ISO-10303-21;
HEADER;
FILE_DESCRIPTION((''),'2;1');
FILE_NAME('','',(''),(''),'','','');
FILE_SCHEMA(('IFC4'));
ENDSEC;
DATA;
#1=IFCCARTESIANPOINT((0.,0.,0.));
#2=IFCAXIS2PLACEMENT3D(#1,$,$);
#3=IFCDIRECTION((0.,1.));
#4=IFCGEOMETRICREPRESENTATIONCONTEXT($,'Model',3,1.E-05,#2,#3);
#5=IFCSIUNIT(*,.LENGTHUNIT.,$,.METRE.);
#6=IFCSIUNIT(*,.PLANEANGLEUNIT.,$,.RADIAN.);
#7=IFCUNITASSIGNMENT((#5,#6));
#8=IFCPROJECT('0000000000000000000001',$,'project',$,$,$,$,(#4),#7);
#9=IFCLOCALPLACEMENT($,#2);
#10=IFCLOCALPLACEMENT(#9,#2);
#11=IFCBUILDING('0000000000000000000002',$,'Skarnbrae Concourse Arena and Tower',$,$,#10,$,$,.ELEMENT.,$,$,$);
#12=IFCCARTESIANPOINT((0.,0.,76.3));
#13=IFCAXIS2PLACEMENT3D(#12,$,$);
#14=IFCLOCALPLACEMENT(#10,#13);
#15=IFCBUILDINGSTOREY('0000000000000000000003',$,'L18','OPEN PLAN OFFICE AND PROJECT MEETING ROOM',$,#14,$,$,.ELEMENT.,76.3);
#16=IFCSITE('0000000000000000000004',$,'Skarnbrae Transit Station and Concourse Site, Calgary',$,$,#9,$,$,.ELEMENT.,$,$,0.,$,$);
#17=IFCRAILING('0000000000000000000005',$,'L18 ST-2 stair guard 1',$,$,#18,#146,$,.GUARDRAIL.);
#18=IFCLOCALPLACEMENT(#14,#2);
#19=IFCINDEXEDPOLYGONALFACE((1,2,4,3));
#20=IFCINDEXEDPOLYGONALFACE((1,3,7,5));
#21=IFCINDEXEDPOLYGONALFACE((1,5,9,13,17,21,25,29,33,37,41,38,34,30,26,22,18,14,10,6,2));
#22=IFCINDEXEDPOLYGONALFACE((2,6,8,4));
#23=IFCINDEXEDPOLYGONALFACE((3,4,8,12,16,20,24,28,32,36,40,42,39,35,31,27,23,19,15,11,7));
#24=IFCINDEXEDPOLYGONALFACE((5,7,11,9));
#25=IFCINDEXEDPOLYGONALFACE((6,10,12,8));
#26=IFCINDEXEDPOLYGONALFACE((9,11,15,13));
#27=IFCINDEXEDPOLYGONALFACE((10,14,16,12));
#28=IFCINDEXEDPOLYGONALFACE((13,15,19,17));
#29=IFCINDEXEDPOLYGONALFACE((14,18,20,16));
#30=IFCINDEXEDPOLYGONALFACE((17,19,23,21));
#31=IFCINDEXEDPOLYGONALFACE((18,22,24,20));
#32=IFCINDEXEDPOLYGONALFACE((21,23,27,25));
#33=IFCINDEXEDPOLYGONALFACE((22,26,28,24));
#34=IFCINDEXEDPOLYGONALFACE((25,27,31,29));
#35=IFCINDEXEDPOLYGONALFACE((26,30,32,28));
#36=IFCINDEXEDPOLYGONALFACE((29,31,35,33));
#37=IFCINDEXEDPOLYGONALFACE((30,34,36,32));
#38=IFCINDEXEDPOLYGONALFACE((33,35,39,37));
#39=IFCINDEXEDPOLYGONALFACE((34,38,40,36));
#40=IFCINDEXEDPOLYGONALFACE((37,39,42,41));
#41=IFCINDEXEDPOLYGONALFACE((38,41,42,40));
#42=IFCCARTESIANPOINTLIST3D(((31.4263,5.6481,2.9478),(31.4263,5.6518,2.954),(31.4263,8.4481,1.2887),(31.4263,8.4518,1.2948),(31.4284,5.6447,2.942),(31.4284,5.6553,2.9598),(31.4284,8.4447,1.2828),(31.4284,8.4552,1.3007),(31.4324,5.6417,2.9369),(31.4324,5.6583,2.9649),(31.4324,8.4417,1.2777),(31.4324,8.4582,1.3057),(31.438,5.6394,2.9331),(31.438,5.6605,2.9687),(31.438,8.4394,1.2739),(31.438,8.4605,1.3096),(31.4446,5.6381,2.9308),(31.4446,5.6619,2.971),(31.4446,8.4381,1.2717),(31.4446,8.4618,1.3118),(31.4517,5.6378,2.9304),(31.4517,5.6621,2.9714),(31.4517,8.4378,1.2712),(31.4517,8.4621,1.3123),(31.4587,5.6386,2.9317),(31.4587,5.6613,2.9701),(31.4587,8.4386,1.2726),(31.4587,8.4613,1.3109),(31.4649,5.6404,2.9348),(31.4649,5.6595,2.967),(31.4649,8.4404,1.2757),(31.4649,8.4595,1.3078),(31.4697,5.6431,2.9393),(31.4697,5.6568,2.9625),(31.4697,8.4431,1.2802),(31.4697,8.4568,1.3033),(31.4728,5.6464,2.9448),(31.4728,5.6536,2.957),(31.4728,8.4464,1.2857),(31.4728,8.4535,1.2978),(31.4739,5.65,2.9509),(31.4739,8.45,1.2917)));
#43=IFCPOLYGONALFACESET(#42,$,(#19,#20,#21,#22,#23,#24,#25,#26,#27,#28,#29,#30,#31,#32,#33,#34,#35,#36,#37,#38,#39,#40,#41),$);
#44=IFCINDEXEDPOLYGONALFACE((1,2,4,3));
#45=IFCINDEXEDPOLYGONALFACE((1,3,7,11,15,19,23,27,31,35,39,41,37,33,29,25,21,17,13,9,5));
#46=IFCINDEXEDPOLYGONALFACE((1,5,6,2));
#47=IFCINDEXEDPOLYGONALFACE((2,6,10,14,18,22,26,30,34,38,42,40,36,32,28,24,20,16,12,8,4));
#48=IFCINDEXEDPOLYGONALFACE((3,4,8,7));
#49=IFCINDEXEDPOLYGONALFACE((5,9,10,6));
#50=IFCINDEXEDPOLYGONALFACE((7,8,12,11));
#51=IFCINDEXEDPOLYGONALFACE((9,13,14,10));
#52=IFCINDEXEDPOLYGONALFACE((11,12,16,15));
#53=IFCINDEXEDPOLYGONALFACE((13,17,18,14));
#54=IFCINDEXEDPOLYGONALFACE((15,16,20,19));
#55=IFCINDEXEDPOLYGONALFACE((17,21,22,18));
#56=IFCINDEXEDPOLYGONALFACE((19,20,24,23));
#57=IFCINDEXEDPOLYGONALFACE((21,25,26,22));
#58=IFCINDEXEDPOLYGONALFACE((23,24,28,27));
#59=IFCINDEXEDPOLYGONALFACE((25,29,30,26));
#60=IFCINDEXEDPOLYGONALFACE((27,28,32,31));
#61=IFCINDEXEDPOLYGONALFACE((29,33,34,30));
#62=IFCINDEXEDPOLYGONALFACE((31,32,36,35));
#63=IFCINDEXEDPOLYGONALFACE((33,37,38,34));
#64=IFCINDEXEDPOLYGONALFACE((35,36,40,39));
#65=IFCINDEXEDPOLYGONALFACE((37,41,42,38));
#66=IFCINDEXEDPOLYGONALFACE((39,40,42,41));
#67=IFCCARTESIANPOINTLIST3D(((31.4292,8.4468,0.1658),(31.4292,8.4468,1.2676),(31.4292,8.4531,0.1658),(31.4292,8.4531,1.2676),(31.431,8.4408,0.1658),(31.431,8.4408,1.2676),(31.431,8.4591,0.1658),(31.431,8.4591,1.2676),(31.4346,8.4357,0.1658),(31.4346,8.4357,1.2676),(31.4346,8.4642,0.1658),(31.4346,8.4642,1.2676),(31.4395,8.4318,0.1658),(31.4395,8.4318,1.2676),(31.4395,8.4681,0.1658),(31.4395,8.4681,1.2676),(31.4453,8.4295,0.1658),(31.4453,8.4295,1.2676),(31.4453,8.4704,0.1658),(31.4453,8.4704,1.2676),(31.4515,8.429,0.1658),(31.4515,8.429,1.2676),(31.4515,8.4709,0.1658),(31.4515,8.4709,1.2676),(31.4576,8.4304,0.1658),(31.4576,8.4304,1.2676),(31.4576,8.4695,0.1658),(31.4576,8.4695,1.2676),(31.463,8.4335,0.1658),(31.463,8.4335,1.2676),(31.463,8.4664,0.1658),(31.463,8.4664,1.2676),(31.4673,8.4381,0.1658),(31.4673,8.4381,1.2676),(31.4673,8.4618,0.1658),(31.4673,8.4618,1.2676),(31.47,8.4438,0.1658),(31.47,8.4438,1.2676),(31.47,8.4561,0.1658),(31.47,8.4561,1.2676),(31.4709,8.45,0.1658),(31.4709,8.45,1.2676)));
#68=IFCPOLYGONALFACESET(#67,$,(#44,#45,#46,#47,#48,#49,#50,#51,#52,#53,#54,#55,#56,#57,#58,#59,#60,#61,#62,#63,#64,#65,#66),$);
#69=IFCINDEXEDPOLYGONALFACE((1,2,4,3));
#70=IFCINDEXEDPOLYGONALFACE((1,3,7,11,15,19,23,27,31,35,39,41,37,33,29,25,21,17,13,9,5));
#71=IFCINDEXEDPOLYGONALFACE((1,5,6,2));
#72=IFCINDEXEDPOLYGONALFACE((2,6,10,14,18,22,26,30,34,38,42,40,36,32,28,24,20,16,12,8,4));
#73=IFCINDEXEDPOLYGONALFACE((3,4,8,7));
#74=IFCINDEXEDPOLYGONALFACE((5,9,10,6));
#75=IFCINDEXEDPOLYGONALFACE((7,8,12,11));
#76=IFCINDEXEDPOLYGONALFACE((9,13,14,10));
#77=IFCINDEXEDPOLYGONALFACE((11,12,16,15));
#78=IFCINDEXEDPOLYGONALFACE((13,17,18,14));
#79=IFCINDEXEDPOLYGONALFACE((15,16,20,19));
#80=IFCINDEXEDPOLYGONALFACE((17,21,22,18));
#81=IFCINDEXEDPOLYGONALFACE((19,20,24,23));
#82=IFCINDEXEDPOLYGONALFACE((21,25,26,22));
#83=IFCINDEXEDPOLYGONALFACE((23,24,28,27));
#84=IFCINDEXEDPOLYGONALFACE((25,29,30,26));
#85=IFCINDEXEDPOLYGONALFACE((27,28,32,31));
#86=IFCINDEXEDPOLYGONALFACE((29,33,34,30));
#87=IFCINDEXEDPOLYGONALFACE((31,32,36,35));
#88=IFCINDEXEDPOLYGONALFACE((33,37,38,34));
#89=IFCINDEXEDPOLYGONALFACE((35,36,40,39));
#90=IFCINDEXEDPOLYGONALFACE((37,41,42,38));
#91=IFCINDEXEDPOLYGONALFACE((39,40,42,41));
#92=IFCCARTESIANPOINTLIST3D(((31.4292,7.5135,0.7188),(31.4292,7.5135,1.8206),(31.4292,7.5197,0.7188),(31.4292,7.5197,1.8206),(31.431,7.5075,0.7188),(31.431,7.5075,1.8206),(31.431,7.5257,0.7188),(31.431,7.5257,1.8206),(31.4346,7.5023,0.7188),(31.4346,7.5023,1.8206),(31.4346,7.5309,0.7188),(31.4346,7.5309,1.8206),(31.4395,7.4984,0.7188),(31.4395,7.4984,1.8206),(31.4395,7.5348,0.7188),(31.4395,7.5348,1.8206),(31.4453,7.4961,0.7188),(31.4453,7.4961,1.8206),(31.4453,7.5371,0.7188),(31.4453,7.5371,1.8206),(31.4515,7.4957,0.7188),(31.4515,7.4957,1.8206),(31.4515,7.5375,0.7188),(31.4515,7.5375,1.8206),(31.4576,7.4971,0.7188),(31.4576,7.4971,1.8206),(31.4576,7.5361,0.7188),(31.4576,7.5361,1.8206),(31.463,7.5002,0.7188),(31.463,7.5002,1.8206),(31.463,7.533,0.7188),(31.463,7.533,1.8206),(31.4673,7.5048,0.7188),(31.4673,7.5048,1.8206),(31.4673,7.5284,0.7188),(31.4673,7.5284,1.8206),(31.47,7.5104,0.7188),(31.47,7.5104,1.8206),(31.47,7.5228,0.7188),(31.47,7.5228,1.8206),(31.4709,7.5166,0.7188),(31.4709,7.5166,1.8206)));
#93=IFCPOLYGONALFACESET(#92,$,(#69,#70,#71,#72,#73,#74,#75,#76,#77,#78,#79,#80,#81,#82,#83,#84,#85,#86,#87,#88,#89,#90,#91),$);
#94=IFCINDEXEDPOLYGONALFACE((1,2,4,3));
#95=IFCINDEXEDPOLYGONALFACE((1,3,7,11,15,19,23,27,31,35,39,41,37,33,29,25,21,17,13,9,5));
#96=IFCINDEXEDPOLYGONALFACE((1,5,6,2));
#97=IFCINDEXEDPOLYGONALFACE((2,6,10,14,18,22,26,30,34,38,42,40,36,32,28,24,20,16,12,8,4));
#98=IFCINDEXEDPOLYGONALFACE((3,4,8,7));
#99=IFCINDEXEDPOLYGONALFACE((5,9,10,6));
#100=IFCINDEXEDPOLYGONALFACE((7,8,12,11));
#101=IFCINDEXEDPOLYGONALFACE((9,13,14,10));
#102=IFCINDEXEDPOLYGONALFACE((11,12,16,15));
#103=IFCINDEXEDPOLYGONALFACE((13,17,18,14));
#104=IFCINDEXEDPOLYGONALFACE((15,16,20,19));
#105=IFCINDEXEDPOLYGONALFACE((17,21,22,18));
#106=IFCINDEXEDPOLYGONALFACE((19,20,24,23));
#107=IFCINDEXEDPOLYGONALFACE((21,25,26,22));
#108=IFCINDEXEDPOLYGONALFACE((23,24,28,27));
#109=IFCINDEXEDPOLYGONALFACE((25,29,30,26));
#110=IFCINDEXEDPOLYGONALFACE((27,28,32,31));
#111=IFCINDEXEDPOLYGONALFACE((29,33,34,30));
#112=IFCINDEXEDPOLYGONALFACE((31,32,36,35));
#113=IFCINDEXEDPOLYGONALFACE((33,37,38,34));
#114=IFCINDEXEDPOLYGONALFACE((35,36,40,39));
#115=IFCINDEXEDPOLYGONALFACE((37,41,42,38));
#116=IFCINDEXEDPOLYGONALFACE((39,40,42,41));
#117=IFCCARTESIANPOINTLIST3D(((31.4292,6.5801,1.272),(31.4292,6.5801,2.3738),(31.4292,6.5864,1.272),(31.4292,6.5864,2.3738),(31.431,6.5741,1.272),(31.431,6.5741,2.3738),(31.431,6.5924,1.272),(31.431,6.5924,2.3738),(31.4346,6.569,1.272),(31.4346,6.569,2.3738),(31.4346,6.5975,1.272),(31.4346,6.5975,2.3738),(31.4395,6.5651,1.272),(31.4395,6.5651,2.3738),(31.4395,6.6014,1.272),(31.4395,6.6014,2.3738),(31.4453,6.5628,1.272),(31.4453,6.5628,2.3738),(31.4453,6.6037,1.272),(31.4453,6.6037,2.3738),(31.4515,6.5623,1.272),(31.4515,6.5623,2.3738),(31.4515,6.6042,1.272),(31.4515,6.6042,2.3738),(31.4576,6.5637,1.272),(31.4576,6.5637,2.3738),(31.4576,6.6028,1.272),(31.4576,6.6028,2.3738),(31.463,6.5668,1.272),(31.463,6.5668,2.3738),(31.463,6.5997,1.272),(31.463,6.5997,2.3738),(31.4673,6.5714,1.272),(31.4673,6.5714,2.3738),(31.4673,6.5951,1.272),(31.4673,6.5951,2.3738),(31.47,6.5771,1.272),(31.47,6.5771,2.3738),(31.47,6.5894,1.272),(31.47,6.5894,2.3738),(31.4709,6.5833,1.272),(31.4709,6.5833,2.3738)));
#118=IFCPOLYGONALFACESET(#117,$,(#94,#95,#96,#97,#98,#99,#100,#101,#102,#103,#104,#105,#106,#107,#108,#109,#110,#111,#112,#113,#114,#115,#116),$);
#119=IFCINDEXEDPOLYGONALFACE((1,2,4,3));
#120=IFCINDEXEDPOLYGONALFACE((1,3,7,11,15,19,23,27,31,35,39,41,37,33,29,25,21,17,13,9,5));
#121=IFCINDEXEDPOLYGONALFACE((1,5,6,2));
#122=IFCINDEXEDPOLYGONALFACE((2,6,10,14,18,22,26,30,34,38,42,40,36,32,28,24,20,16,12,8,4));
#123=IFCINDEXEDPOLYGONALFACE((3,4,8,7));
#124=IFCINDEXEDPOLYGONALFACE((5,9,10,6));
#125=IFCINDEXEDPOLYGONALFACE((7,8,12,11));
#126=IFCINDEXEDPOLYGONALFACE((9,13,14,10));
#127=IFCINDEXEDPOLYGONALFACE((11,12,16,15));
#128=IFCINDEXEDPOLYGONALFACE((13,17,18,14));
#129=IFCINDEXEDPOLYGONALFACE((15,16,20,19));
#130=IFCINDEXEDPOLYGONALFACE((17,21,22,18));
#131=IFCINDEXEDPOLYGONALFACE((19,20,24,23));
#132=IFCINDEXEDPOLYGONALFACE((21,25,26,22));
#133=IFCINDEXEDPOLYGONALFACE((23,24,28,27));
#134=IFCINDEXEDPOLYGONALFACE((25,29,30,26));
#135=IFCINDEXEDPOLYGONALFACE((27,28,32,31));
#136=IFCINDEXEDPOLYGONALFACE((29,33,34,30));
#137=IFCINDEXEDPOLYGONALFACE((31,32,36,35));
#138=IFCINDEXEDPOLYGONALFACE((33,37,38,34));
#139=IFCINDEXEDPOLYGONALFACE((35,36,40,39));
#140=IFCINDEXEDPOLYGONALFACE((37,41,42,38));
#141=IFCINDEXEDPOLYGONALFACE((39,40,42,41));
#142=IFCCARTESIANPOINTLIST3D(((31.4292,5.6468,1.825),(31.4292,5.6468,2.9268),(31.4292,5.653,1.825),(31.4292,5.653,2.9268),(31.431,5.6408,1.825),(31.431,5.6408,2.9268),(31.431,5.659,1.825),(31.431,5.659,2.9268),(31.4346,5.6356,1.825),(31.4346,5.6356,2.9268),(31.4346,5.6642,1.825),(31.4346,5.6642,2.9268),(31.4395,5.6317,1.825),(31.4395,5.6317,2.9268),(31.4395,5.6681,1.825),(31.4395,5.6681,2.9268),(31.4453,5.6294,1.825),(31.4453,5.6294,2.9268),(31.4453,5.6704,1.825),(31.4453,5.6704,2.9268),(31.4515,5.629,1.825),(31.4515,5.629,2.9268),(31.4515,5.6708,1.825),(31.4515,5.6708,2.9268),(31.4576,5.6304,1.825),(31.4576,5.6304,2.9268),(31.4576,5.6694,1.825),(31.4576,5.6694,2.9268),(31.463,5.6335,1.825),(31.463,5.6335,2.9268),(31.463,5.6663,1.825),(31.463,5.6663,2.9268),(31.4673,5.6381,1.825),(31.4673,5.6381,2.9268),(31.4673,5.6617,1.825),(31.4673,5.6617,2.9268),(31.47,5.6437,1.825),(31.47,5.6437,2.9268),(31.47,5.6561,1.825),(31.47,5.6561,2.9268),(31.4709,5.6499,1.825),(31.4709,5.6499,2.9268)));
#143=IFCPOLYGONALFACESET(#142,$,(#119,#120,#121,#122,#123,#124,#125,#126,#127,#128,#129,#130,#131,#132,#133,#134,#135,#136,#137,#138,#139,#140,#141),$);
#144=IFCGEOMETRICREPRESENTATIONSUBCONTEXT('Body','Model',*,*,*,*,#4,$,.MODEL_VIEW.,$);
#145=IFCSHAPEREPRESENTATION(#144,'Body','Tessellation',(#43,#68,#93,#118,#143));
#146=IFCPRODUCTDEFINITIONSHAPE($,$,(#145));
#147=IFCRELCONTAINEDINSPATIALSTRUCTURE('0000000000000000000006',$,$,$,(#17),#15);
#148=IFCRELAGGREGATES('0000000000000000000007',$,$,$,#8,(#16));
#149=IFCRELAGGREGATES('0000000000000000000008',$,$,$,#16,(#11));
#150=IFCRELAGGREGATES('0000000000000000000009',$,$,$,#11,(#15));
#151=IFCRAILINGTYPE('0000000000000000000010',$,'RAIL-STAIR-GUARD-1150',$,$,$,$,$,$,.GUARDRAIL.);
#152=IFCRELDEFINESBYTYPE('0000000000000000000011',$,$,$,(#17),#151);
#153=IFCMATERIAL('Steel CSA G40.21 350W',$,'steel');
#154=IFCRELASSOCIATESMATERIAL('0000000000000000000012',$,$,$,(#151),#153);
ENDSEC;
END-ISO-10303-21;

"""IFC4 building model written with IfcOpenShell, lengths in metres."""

from ifc_helpers import new_model, si_unit, direction, frame, origin, origin_2d, place, context, subcontext, project, spatial, circle, extrude, material, type_object, element, save


model = new_model("IFC4")

# Units and contexts
model_context = context("Model", 3, precision=1e-05, world=origin(), true_north=direction((0.0, 1.0)))
body_context = subcontext(model_context, "Body", "Model", "MODEL_VIEW")
ifc_project = project(units=[si_unit("LENGTHUNIT", "METRE"), si_unit("PLANEANGLEUNIT", "RADIAN")], contexts=[model_context])

# Site, building, storey
site_placement = place(None, origin())
site = spatial("IfcSite", under=ifc_project, at=site_placement, Name="Skarnbrae Transit Station and Concourse Site, Calgary", CompositionType="ELEMENT", RefElevation=0.0)
building_placement = place(site_placement, origin())
building = spatial("IfcBuilding", under=site, at=building_placement, Name="Skarnbrae Concourse Arena and Tower", CompositionType="ELEMENT")
storey_placement = place(building_placement, frame((0.0, 0.0, 76.3)))
storey = spatial("IfcBuildingStorey", under=building, at=storey_placement, Name="L18", Description="OPEN PLAN OFFICE AND PROJECT MEETING ROOM", CompositionType="ELEMENT", Elevation=76.3)

# Shared definitions
ifc_material_1 = material(Name="Steel CSA G40.21 350W", Category="steel")

# Railing
railing_type_1 = type_object("IfcRailingType", Name="RAIL-STAIR-GUARD-1150", PredefinedType="GUARDRAIL", material=ifc_material_1)
railing_1_placement = place(storey_placement, frame((31.45, 8.45, 0.1658)))
element("IfcRailing", 1, at=railing_1_placement, inside=storey, type_object=railing_type_1, Name="L18 ST-2 stair guard 1", PredefinedType="GUARDRAIL", context=body_context, shape_type="SweptSolid", body=[
    extrude(circle(Radius=0.0239, at=origin_2d()), frame((0.0, 0.0, 1.126), z_axis=(0.0, -0.860306, 0.509778), x_axis=(1.0, 0.0, 0.0)), (0.0, 0.0, 1.0), 3.2546),
    extrude(circle(Radius=0.021, at=origin_2d()), origin(), (0.0, 0.0, 1.0), 1.1018),
    extrude(circle(Radius=0.021, at=origin_2d()), frame((0.0, -0.9333, 0.553)), (0.0, 0.0, 1.0), 1.1018),
    extrude(circle(Radius=0.021, at=origin_2d()), frame((0.0, -1.8667, 1.1062)), (0.0, 0.0, 1.0), 1.1018),
    extrude(circle(Radius=0.021, at=origin_2d()), frame((0.0, -2.8, 1.6592)), (0.0, 0.0, 1.0), 1.1018),
])

save(model, "model.ifc")
